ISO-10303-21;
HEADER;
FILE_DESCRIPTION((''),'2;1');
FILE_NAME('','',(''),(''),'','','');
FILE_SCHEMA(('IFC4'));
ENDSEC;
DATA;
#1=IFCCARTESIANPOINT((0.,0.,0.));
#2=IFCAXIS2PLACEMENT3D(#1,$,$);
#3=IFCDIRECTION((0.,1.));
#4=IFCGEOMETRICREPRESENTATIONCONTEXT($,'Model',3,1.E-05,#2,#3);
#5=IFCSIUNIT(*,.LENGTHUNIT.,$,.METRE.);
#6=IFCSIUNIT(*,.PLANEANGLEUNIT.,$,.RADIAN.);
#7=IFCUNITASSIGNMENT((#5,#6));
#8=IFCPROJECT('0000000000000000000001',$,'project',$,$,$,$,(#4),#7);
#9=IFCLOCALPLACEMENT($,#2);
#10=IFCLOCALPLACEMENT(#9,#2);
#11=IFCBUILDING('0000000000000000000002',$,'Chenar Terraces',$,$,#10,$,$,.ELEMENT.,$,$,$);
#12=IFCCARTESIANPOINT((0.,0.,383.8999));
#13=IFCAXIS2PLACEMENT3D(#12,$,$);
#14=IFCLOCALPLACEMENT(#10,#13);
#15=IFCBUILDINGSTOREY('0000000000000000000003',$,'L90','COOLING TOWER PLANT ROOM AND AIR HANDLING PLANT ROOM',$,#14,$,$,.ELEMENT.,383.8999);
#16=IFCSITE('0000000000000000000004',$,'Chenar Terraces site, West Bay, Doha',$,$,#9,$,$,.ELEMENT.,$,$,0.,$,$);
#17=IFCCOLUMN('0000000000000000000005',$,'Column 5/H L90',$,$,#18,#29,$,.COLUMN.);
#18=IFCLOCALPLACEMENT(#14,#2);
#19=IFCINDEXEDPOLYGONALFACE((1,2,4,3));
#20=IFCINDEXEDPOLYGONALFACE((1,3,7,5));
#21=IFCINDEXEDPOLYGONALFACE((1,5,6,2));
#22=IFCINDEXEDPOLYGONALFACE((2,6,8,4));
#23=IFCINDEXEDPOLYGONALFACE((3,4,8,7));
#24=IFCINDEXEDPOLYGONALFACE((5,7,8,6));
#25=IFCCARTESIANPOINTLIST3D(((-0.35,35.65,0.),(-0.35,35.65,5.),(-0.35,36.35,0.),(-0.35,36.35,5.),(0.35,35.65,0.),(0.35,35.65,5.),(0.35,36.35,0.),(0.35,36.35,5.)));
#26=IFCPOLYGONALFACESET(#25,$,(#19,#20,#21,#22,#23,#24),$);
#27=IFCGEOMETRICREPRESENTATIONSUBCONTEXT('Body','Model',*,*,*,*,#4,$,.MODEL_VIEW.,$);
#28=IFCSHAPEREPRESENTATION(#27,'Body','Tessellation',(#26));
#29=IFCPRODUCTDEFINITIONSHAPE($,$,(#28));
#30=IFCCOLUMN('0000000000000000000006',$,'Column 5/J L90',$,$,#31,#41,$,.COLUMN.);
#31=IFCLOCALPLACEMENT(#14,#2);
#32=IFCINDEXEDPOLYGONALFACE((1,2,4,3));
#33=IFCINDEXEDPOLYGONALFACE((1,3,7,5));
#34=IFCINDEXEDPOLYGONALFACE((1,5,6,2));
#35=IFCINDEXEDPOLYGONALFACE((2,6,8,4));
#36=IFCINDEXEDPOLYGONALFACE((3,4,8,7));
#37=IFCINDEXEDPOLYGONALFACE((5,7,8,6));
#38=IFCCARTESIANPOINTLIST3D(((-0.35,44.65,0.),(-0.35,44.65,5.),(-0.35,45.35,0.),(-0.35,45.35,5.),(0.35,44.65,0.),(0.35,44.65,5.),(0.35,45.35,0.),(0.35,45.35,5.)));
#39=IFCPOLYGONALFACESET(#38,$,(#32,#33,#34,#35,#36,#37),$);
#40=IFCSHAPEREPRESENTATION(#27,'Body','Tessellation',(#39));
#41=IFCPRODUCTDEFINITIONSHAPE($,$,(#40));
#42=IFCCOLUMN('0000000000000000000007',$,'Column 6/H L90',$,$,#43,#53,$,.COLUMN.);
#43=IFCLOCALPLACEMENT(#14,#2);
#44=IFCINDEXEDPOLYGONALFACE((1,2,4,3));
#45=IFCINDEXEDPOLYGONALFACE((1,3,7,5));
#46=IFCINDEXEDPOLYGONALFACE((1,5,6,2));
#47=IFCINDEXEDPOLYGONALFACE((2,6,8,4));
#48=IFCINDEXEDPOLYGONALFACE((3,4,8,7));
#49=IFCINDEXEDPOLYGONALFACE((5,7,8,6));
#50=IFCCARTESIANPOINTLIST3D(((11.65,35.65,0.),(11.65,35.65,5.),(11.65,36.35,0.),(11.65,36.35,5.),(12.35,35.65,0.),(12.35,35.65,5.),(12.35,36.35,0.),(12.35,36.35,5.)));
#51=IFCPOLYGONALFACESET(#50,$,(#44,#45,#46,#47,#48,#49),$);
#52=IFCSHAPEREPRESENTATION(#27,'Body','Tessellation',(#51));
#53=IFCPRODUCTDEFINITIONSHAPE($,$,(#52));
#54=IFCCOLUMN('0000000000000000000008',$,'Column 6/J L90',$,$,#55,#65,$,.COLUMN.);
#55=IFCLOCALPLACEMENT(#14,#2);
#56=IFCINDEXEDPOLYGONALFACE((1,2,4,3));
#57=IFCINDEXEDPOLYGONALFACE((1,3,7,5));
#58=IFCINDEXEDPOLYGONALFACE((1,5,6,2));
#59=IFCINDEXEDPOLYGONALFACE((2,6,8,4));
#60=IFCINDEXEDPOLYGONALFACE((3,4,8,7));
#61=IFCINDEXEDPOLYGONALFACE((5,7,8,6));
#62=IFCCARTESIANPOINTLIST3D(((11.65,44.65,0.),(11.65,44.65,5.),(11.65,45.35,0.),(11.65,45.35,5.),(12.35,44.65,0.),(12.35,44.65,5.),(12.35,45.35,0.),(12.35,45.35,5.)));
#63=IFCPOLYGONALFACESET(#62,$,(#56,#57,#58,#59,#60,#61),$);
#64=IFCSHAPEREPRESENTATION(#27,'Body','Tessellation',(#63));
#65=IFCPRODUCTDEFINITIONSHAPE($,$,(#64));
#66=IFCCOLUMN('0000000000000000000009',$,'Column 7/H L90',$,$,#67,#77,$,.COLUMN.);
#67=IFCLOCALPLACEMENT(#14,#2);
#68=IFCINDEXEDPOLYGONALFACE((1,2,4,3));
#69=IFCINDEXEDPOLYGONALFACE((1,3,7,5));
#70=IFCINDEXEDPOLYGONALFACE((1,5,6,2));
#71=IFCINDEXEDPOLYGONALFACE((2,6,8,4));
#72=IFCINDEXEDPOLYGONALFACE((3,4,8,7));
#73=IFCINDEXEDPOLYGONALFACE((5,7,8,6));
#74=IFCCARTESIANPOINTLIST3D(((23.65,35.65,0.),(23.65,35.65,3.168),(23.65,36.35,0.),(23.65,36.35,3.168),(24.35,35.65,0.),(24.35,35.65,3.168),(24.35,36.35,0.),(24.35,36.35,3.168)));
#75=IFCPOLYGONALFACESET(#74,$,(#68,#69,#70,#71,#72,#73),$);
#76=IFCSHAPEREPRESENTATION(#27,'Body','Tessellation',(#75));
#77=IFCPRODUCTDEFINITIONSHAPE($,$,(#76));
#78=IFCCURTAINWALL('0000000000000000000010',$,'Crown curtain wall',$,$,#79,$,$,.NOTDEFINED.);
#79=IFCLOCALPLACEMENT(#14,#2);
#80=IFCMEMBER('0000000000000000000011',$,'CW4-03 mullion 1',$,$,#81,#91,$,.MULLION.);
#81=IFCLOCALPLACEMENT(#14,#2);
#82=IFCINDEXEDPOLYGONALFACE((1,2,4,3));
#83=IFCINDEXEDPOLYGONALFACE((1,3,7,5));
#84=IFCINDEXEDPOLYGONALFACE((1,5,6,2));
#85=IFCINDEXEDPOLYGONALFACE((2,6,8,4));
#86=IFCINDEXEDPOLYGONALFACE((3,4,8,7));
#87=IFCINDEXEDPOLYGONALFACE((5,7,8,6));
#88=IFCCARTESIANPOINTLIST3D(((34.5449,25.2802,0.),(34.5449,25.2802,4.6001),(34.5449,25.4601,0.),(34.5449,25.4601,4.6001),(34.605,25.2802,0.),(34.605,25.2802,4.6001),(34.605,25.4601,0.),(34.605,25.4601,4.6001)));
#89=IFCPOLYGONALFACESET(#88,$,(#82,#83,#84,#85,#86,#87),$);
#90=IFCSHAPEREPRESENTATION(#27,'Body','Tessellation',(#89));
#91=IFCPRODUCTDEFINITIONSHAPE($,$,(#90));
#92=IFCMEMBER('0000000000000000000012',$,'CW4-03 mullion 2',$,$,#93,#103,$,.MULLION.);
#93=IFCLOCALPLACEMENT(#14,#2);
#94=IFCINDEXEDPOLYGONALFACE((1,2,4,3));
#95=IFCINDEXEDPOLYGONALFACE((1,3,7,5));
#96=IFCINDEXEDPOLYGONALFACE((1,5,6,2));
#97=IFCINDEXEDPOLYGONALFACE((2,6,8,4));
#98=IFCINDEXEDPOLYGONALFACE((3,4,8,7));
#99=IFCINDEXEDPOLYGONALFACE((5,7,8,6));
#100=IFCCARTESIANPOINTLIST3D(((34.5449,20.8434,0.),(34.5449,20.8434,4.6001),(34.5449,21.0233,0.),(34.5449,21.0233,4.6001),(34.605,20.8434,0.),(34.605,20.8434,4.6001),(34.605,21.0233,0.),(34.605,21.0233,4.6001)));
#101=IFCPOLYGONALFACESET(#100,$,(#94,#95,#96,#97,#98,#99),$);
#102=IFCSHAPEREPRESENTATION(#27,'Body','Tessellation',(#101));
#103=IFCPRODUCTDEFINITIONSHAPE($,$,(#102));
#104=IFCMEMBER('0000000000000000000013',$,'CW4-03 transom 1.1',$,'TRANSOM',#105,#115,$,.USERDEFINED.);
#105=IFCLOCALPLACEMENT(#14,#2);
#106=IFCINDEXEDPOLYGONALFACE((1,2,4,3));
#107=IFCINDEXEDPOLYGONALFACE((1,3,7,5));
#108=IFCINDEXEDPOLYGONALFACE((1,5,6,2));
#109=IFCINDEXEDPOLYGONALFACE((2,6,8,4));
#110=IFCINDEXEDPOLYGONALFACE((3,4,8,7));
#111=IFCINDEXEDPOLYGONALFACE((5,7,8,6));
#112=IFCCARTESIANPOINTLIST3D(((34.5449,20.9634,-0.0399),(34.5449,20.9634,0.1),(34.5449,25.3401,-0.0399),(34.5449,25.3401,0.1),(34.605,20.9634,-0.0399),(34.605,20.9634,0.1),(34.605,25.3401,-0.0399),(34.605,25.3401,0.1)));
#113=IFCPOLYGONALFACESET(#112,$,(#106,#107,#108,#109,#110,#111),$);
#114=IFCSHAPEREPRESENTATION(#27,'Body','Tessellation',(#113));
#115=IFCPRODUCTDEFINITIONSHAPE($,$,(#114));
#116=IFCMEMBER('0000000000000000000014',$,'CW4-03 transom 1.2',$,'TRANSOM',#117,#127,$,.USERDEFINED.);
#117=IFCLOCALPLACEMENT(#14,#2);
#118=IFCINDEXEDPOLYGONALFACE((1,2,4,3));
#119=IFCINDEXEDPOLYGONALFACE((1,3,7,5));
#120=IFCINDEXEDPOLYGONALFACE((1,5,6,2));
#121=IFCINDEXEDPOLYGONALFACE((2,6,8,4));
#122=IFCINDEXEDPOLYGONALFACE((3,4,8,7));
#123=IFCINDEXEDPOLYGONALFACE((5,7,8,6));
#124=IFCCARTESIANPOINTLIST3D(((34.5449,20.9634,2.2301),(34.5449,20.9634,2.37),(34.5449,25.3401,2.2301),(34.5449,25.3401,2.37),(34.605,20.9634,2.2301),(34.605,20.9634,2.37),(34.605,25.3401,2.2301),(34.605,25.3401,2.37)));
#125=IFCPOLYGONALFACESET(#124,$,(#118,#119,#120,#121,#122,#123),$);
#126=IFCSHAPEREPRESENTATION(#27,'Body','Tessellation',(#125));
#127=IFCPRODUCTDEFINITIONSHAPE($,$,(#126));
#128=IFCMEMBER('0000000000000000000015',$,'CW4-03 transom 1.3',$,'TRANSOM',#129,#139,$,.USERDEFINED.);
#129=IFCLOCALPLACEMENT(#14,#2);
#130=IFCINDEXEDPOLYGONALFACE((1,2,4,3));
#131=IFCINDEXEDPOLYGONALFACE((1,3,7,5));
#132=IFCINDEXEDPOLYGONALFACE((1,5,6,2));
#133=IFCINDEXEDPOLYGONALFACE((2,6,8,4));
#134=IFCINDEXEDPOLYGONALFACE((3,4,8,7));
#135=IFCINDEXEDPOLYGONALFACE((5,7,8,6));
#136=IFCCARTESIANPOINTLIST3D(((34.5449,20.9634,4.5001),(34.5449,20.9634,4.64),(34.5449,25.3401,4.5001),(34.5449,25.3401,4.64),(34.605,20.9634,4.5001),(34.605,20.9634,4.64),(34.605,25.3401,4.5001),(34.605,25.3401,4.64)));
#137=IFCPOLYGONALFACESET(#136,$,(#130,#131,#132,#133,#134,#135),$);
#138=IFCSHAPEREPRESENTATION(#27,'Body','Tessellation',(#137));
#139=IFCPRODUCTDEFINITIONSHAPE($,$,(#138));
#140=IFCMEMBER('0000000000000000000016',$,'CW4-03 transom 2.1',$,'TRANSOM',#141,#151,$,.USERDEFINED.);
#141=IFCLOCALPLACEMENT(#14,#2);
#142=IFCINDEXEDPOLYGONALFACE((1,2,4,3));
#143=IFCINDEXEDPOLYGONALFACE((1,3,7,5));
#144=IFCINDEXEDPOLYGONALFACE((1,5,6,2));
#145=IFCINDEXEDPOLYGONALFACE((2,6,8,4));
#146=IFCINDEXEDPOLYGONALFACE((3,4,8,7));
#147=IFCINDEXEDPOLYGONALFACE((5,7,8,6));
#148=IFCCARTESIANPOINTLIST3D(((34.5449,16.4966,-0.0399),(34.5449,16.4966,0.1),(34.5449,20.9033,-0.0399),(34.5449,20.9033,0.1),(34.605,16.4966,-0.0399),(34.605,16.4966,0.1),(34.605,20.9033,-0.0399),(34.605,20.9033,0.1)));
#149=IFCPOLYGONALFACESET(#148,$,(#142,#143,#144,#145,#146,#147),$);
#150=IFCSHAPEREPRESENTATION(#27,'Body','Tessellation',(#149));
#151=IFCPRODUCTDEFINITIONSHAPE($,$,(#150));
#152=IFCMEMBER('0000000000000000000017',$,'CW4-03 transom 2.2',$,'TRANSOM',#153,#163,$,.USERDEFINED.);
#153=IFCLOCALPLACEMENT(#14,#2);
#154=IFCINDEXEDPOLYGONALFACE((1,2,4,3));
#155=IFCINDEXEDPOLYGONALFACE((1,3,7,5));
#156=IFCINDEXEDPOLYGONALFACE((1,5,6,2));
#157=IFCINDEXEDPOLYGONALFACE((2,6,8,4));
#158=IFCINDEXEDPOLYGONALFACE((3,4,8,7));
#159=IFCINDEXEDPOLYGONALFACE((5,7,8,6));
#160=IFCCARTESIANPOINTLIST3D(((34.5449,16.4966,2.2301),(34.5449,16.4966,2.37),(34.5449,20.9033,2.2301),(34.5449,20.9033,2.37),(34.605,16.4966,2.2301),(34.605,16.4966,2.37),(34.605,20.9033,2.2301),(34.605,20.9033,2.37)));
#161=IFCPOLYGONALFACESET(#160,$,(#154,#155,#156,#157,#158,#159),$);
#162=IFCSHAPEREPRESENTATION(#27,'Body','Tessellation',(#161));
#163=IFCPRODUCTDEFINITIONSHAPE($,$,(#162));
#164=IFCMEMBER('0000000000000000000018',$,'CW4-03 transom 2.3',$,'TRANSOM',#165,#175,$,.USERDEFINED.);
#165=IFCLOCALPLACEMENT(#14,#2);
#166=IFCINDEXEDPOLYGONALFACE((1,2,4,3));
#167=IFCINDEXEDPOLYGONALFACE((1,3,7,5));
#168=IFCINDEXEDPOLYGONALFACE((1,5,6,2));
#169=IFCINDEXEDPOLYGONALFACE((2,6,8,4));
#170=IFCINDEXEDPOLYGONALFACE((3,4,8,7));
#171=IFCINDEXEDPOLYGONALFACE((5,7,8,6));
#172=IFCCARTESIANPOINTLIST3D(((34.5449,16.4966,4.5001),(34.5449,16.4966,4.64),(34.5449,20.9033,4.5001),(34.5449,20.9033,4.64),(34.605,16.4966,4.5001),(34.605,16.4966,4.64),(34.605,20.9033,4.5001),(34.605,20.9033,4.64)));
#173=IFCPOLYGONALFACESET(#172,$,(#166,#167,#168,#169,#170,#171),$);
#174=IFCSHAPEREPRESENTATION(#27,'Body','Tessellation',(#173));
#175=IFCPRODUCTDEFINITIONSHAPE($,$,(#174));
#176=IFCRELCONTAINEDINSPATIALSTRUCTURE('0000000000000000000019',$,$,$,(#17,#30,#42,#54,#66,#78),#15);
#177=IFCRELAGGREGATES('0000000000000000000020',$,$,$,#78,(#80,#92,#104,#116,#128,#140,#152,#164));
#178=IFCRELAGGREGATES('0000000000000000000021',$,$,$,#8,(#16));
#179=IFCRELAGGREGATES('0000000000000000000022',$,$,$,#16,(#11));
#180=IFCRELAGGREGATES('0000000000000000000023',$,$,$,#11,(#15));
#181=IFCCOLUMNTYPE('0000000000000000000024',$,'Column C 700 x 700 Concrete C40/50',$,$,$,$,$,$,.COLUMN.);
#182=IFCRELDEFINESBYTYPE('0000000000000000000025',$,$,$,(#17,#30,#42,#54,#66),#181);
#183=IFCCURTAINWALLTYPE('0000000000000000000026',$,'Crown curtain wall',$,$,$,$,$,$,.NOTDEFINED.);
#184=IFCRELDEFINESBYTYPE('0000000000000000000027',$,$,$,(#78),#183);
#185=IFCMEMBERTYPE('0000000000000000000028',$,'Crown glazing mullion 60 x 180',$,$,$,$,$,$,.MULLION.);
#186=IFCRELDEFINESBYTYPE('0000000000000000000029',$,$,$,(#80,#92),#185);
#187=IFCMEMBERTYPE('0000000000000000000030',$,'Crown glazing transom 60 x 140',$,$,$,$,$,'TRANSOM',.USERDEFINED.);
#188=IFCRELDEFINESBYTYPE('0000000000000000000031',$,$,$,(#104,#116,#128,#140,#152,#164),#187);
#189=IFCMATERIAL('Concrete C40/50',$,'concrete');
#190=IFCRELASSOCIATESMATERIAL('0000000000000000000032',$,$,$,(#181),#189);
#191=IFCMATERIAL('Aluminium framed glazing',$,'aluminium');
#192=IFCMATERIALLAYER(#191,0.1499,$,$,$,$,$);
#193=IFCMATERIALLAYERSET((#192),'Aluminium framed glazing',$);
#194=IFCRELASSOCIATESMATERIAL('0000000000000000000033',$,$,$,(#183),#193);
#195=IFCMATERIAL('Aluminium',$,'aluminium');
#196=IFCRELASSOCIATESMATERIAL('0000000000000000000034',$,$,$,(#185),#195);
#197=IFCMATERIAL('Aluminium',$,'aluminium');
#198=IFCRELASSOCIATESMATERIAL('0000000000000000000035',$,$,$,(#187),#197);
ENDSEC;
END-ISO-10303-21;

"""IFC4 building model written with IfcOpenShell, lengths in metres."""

from ifc_helpers import new_model, si_unit, direction, frame, origin, origin_2d, place, context, subcontext, project, spatial, rectangle, extrude, material, layer, layer_set, material_profile, profile_set, type_object, element, aggregate, save


model = new_model("IFC4")

# Units and contexts
model_context = context("Model", 3, precision=1e-05, world=origin(), true_north=direction((0.0, 1.0)))
body_context = subcontext(model_context, "Body", "Model", "MODEL_VIEW")
ifc_project = project(units=[si_unit("LENGTHUNIT", "METRE"), si_unit("PLANEANGLEUNIT", "RADIAN")], contexts=[model_context])

# Site, building, storey
site_placement = place(None, origin())
site = spatial("IfcSite", under=ifc_project, at=site_placement, Name="Chenar Terraces site, West Bay, Doha", CompositionType="ELEMENT", RefElevation=0.0)
building_placement = place(site_placement, origin())
building = spatial("IfcBuilding", under=site, at=building_placement, Name="Chenar Terraces", CompositionType="ELEMENT")
storey_placement = place(building_placement, frame((0.0, 0.0, 383.8999)))
storey = spatial("IfcBuildingStorey", under=building, at=storey_placement, Name="L90", Description="COOLING TOWER PLANT ROOM AND AIR HANDLING PLANT ROOM", CompositionType="ELEMENT", Elevation=383.8999)

# Columns
ifc_material_1 = material(Name="Concrete C40/50", Category="concrete")
ifc_material_profile_1 = material_profile(ifc_material_1, rectangle(XDim=0.7, YDim=0.7, at=origin_2d()), Name="C 700 x 700")
ifc_profile_set_1 = profile_set([ifc_material_profile_1], Name="Concrete C40/50")
column_type = type_object("IfcColumnType", Name="Column C 700 x 700 Concrete C40/50", PredefinedType="COLUMN", material=ifc_profile_set_1)
for number, where, z_axis, x_axis, name in (
    (1, (0.0, 36.0, 0.0), (0.0, 0.0, 1.0), (1.0, 0.0, 0.0), "Column 5/H L90"),
    (2, (0.0, 45.0, 0.0), (0.0, 0.0, 1.0), (1.0, 0.0, 0.0), "Column 5/J L90"),
    (3, (12.0, 36.0, 0.0), (0.0, 0.0, 1.0), (1.0, 0.0, 0.0), "Column 6/H L90"),
    (4, (12.0, 45.0, 0.0), (0.0, 0.0, 1.0), (1.0, 0.0, 0.0), "Column 6/J L90"),
):
    element("IfcColumn", number, at=place(storey_placement, frame(where, z_axis=z_axis, x_axis=x_axis)), inside=storey, type_object=column_type, Name=name, PredefinedType="COLUMN", context=body_context, shape_type="SweptSolid", body=[
        extrude(rectangle(XDim=0.7, YDim=0.7, at=origin_2d()), origin(), (0.0, 0.0, 1.0), 5.0),
    ])
column_placement = place(storey_placement, frame((24.0, 36.0, 0.0), z_axis=(0.0, 0.0, 1.0), x_axis=(1.0, 0.0, 0.0)))
element("IfcColumn", 5, at=column_placement, inside=storey, type_object=column_type, Name="Column 7/H L90", PredefinedType="COLUMN", context=body_context, shape_type="SweptSolid", body=[
    extrude(rectangle(XDim=0.7, YDim=0.7, at=origin_2d()), origin(), (0.0, 0.0, 1.0), 3.168),
])

# Curtain wall, members
ifc_material_2 = material(Name="Aluminium framed glazing", Category="aluminium")
ifc_layer_1 = layer(ifc_material_2, 0.1499)
ifc_layer_set_1 = layer_set([ifc_layer_1], Name="Aluminium framed glazing")
curtain_wall_type = type_object("IfcCurtainWallType", Name="Crown curtain wall", PredefinedType="NOTDEFINED", material=ifc_layer_set_1)
curtain_wall_placement = place(storey_placement, origin())
curtain_wall = element("IfcCurtainWall", 6, at=curtain_wall_placement, inside=storey, type_object=curtain_wall_type, Name="Crown curtain wall", PredefinedType="NOTDEFINED")
ifc_material_3 = material(Name="Aluminium", Category="aluminium")
ifc_material_profile_2 = material_profile(ifc_material_3, rectangle(XDim=0.0601, YDim=0.1799, at=origin_2d()), Name="Crown glazing mullion 60 x 180")
ifc_profile_set_2 = profile_set([ifc_material_profile_2], Name="Aluminium")
member_type_1 = type_object("IfcMemberType", Name="Crown glazing mullion 60 x 180", PredefinedType="MULLION", material=ifc_profile_set_2)
member_1_placement = place(storey_placement, frame((34.575, 25.3701, 0.0), z_axis=(0.0, 0.0, 1.0), x_axis=(1.0, 0.0, 0.0)))
member_1 = element("IfcMember", 7, at=member_1_placement, type_object=member_type_1, Name="CW4-03 mullion 1", PredefinedType="MULLION", context=body_context, shape_type="SweptSolid", body=[
    extrude(rectangle(XDim=0.0601, YDim=0.1799, at=origin_2d()), origin(), (0.0, 0.0, 1.0), 4.6001),
])
member_2_placement = place(storey_placement, frame((34.575, 20.9333, 0.0), z_axis=(0.0, 0.0, 1.0), x_axis=(1.0, 0.0, 0.0)))
member_2 = element("IfcMember", 8, at=member_2_placement, type_object=member_type_1, Name="CW4-03 mullion 2", PredefinedType="MULLION", context=body_context, shape_type="SweptSolid", body=[
    extrude(rectangle(XDim=0.0601, YDim=0.1799, at=origin_2d()), origin(), (0.0, 0.0, 1.0), 4.6001),
])
ifc_material_4 = material(Name="Aluminium", Category="aluminium")
ifc_material_profile_3 = material_profile(ifc_material_4, rectangle(XDim=0.0601, YDim=0.1399, at=origin_2d()), Name="Crown glazing transom 60 x 140")
ifc_profile_set_3 = profile_set([ifc_material_profile_3], Name="Aluminium")
member_type_2 = type_object("IfcMemberType", Name="Crown glazing transom 60 x 140", ElementType="TRANSOM", PredefinedType="USERDEFINED", material=ifc_profile_set_3)
member_3_placement = place(storey_placement, frame((34.575, 25.3401, 0.03), z_axis=(0.0, -1.0, 0.0), x_axis=(1.0, 0.0, 0.0)))
member_3 = element("IfcMember", 9, at=member_3_placement, type_object=member_type_2, Name="CW4-03 transom 1.1", ObjectType="TRANSOM", PredefinedType="USERDEFINED", context=body_context, shape_type="SweptSolid", body=[
    extrude(rectangle(XDim=0.0601, YDim=0.1399, at=origin_2d()), origin(), (0.0, 0.0, 1.0), 4.3767),
])
member_4_placement = place(storey_placement, frame((34.575, 25.3401, 2.3), z_axis=(0.0, -1.0, 0.0), x_axis=(1.0, 0.0, 0.0)))
member_4 = element("IfcMember", 10, at=member_4_placement, type_object=member_type_2, Name="CW4-03 transom 1.2", ObjectType="TRANSOM", PredefinedType="USERDEFINED", context=body_context, shape_type="SweptSolid", body=[
    extrude(rectangle(XDim=0.0601, YDim=0.1399, at=origin_2d()), origin(), (0.0, 0.0, 1.0), 4.3767),
])
member_5_placement = place(storey_placement, frame((34.575, 25.3401, 4.5701), z_axis=(0.0, -1.0, 0.0), x_axis=(1.0, 0.0, 0.0)))
member_5 = element("IfcMember", 11, at=member_5_placement, type_object=member_type_2, Name="CW4-03 transom 1.3", ObjectType="TRANSOM", PredefinedType="USERDEFINED", context=body_context, shape_type="SweptSolid", body=[
    extrude(rectangle(XDim=0.0601, YDim=0.1399, at=origin_2d()), origin(), (0.0, 0.0, 1.0), 4.3767),
])
member_6_placement = place(storey_placement, frame((34.575, 20.9033, 0.03), z_axis=(0.0, -1.0, 0.0), x_axis=(1.0, 0.0, 0.0)))
member_6 = element("IfcMember", 12, at=member_6_placement, type_object=member_type_2, Name="CW4-03 transom 2.1", ObjectType="TRANSOM", PredefinedType="USERDEFINED", context=body_context, shape_type="SweptSolid", body=[
    extrude(rectangle(XDim=0.0601, YDim=0.1399, at=origin_2d()), origin(), (0.0, 0.0, 1.0), 4.4067),
])
member_7_placement = place(storey_placement, frame((34.575, 20.9033, 2.3), z_axis=(0.0, -1.0, 0.0), x_axis=(1.0, 0.0, 0.0)))
member_7 = element("IfcMember", 13, at=member_7_placement, type_object=member_type_2, Name="CW4-03 transom 2.2", ObjectType="TRANSOM", PredefinedType="USERDEFINED", context=body_context, shape_type="SweptSolid", body=[
    extrude(rectangle(XDim=0.0601, YDim=0.1399, at=origin_2d()), origin(), (0.0, 0.0, 1.0), 4.4067),
])
member_8_placement = place(storey_placement, frame((34.575, 20.9033, 4.5701), z_axis=(0.0, -1.0, 0.0), x_axis=(1.0, 0.0, 0.0)))
member_8 = element("IfcMember", 14, at=member_8_placement, type_object=member_type_2, Name="CW4-03 transom 2.3", ObjectType="TRANSOM", PredefinedType="USERDEFINED", context=body_context, shape_type="SweptSolid", body=[
    extrude(rectangle(XDim=0.0601, YDim=0.1399, at=origin_2d()), origin(), (0.0, 0.0, 1.0), 4.4067),
])

aggregate(curtain_wall, [member_1, member_2, member_3, member_4, member_5, member_6, member_7, member_8])

save(model, "model.ifc")
